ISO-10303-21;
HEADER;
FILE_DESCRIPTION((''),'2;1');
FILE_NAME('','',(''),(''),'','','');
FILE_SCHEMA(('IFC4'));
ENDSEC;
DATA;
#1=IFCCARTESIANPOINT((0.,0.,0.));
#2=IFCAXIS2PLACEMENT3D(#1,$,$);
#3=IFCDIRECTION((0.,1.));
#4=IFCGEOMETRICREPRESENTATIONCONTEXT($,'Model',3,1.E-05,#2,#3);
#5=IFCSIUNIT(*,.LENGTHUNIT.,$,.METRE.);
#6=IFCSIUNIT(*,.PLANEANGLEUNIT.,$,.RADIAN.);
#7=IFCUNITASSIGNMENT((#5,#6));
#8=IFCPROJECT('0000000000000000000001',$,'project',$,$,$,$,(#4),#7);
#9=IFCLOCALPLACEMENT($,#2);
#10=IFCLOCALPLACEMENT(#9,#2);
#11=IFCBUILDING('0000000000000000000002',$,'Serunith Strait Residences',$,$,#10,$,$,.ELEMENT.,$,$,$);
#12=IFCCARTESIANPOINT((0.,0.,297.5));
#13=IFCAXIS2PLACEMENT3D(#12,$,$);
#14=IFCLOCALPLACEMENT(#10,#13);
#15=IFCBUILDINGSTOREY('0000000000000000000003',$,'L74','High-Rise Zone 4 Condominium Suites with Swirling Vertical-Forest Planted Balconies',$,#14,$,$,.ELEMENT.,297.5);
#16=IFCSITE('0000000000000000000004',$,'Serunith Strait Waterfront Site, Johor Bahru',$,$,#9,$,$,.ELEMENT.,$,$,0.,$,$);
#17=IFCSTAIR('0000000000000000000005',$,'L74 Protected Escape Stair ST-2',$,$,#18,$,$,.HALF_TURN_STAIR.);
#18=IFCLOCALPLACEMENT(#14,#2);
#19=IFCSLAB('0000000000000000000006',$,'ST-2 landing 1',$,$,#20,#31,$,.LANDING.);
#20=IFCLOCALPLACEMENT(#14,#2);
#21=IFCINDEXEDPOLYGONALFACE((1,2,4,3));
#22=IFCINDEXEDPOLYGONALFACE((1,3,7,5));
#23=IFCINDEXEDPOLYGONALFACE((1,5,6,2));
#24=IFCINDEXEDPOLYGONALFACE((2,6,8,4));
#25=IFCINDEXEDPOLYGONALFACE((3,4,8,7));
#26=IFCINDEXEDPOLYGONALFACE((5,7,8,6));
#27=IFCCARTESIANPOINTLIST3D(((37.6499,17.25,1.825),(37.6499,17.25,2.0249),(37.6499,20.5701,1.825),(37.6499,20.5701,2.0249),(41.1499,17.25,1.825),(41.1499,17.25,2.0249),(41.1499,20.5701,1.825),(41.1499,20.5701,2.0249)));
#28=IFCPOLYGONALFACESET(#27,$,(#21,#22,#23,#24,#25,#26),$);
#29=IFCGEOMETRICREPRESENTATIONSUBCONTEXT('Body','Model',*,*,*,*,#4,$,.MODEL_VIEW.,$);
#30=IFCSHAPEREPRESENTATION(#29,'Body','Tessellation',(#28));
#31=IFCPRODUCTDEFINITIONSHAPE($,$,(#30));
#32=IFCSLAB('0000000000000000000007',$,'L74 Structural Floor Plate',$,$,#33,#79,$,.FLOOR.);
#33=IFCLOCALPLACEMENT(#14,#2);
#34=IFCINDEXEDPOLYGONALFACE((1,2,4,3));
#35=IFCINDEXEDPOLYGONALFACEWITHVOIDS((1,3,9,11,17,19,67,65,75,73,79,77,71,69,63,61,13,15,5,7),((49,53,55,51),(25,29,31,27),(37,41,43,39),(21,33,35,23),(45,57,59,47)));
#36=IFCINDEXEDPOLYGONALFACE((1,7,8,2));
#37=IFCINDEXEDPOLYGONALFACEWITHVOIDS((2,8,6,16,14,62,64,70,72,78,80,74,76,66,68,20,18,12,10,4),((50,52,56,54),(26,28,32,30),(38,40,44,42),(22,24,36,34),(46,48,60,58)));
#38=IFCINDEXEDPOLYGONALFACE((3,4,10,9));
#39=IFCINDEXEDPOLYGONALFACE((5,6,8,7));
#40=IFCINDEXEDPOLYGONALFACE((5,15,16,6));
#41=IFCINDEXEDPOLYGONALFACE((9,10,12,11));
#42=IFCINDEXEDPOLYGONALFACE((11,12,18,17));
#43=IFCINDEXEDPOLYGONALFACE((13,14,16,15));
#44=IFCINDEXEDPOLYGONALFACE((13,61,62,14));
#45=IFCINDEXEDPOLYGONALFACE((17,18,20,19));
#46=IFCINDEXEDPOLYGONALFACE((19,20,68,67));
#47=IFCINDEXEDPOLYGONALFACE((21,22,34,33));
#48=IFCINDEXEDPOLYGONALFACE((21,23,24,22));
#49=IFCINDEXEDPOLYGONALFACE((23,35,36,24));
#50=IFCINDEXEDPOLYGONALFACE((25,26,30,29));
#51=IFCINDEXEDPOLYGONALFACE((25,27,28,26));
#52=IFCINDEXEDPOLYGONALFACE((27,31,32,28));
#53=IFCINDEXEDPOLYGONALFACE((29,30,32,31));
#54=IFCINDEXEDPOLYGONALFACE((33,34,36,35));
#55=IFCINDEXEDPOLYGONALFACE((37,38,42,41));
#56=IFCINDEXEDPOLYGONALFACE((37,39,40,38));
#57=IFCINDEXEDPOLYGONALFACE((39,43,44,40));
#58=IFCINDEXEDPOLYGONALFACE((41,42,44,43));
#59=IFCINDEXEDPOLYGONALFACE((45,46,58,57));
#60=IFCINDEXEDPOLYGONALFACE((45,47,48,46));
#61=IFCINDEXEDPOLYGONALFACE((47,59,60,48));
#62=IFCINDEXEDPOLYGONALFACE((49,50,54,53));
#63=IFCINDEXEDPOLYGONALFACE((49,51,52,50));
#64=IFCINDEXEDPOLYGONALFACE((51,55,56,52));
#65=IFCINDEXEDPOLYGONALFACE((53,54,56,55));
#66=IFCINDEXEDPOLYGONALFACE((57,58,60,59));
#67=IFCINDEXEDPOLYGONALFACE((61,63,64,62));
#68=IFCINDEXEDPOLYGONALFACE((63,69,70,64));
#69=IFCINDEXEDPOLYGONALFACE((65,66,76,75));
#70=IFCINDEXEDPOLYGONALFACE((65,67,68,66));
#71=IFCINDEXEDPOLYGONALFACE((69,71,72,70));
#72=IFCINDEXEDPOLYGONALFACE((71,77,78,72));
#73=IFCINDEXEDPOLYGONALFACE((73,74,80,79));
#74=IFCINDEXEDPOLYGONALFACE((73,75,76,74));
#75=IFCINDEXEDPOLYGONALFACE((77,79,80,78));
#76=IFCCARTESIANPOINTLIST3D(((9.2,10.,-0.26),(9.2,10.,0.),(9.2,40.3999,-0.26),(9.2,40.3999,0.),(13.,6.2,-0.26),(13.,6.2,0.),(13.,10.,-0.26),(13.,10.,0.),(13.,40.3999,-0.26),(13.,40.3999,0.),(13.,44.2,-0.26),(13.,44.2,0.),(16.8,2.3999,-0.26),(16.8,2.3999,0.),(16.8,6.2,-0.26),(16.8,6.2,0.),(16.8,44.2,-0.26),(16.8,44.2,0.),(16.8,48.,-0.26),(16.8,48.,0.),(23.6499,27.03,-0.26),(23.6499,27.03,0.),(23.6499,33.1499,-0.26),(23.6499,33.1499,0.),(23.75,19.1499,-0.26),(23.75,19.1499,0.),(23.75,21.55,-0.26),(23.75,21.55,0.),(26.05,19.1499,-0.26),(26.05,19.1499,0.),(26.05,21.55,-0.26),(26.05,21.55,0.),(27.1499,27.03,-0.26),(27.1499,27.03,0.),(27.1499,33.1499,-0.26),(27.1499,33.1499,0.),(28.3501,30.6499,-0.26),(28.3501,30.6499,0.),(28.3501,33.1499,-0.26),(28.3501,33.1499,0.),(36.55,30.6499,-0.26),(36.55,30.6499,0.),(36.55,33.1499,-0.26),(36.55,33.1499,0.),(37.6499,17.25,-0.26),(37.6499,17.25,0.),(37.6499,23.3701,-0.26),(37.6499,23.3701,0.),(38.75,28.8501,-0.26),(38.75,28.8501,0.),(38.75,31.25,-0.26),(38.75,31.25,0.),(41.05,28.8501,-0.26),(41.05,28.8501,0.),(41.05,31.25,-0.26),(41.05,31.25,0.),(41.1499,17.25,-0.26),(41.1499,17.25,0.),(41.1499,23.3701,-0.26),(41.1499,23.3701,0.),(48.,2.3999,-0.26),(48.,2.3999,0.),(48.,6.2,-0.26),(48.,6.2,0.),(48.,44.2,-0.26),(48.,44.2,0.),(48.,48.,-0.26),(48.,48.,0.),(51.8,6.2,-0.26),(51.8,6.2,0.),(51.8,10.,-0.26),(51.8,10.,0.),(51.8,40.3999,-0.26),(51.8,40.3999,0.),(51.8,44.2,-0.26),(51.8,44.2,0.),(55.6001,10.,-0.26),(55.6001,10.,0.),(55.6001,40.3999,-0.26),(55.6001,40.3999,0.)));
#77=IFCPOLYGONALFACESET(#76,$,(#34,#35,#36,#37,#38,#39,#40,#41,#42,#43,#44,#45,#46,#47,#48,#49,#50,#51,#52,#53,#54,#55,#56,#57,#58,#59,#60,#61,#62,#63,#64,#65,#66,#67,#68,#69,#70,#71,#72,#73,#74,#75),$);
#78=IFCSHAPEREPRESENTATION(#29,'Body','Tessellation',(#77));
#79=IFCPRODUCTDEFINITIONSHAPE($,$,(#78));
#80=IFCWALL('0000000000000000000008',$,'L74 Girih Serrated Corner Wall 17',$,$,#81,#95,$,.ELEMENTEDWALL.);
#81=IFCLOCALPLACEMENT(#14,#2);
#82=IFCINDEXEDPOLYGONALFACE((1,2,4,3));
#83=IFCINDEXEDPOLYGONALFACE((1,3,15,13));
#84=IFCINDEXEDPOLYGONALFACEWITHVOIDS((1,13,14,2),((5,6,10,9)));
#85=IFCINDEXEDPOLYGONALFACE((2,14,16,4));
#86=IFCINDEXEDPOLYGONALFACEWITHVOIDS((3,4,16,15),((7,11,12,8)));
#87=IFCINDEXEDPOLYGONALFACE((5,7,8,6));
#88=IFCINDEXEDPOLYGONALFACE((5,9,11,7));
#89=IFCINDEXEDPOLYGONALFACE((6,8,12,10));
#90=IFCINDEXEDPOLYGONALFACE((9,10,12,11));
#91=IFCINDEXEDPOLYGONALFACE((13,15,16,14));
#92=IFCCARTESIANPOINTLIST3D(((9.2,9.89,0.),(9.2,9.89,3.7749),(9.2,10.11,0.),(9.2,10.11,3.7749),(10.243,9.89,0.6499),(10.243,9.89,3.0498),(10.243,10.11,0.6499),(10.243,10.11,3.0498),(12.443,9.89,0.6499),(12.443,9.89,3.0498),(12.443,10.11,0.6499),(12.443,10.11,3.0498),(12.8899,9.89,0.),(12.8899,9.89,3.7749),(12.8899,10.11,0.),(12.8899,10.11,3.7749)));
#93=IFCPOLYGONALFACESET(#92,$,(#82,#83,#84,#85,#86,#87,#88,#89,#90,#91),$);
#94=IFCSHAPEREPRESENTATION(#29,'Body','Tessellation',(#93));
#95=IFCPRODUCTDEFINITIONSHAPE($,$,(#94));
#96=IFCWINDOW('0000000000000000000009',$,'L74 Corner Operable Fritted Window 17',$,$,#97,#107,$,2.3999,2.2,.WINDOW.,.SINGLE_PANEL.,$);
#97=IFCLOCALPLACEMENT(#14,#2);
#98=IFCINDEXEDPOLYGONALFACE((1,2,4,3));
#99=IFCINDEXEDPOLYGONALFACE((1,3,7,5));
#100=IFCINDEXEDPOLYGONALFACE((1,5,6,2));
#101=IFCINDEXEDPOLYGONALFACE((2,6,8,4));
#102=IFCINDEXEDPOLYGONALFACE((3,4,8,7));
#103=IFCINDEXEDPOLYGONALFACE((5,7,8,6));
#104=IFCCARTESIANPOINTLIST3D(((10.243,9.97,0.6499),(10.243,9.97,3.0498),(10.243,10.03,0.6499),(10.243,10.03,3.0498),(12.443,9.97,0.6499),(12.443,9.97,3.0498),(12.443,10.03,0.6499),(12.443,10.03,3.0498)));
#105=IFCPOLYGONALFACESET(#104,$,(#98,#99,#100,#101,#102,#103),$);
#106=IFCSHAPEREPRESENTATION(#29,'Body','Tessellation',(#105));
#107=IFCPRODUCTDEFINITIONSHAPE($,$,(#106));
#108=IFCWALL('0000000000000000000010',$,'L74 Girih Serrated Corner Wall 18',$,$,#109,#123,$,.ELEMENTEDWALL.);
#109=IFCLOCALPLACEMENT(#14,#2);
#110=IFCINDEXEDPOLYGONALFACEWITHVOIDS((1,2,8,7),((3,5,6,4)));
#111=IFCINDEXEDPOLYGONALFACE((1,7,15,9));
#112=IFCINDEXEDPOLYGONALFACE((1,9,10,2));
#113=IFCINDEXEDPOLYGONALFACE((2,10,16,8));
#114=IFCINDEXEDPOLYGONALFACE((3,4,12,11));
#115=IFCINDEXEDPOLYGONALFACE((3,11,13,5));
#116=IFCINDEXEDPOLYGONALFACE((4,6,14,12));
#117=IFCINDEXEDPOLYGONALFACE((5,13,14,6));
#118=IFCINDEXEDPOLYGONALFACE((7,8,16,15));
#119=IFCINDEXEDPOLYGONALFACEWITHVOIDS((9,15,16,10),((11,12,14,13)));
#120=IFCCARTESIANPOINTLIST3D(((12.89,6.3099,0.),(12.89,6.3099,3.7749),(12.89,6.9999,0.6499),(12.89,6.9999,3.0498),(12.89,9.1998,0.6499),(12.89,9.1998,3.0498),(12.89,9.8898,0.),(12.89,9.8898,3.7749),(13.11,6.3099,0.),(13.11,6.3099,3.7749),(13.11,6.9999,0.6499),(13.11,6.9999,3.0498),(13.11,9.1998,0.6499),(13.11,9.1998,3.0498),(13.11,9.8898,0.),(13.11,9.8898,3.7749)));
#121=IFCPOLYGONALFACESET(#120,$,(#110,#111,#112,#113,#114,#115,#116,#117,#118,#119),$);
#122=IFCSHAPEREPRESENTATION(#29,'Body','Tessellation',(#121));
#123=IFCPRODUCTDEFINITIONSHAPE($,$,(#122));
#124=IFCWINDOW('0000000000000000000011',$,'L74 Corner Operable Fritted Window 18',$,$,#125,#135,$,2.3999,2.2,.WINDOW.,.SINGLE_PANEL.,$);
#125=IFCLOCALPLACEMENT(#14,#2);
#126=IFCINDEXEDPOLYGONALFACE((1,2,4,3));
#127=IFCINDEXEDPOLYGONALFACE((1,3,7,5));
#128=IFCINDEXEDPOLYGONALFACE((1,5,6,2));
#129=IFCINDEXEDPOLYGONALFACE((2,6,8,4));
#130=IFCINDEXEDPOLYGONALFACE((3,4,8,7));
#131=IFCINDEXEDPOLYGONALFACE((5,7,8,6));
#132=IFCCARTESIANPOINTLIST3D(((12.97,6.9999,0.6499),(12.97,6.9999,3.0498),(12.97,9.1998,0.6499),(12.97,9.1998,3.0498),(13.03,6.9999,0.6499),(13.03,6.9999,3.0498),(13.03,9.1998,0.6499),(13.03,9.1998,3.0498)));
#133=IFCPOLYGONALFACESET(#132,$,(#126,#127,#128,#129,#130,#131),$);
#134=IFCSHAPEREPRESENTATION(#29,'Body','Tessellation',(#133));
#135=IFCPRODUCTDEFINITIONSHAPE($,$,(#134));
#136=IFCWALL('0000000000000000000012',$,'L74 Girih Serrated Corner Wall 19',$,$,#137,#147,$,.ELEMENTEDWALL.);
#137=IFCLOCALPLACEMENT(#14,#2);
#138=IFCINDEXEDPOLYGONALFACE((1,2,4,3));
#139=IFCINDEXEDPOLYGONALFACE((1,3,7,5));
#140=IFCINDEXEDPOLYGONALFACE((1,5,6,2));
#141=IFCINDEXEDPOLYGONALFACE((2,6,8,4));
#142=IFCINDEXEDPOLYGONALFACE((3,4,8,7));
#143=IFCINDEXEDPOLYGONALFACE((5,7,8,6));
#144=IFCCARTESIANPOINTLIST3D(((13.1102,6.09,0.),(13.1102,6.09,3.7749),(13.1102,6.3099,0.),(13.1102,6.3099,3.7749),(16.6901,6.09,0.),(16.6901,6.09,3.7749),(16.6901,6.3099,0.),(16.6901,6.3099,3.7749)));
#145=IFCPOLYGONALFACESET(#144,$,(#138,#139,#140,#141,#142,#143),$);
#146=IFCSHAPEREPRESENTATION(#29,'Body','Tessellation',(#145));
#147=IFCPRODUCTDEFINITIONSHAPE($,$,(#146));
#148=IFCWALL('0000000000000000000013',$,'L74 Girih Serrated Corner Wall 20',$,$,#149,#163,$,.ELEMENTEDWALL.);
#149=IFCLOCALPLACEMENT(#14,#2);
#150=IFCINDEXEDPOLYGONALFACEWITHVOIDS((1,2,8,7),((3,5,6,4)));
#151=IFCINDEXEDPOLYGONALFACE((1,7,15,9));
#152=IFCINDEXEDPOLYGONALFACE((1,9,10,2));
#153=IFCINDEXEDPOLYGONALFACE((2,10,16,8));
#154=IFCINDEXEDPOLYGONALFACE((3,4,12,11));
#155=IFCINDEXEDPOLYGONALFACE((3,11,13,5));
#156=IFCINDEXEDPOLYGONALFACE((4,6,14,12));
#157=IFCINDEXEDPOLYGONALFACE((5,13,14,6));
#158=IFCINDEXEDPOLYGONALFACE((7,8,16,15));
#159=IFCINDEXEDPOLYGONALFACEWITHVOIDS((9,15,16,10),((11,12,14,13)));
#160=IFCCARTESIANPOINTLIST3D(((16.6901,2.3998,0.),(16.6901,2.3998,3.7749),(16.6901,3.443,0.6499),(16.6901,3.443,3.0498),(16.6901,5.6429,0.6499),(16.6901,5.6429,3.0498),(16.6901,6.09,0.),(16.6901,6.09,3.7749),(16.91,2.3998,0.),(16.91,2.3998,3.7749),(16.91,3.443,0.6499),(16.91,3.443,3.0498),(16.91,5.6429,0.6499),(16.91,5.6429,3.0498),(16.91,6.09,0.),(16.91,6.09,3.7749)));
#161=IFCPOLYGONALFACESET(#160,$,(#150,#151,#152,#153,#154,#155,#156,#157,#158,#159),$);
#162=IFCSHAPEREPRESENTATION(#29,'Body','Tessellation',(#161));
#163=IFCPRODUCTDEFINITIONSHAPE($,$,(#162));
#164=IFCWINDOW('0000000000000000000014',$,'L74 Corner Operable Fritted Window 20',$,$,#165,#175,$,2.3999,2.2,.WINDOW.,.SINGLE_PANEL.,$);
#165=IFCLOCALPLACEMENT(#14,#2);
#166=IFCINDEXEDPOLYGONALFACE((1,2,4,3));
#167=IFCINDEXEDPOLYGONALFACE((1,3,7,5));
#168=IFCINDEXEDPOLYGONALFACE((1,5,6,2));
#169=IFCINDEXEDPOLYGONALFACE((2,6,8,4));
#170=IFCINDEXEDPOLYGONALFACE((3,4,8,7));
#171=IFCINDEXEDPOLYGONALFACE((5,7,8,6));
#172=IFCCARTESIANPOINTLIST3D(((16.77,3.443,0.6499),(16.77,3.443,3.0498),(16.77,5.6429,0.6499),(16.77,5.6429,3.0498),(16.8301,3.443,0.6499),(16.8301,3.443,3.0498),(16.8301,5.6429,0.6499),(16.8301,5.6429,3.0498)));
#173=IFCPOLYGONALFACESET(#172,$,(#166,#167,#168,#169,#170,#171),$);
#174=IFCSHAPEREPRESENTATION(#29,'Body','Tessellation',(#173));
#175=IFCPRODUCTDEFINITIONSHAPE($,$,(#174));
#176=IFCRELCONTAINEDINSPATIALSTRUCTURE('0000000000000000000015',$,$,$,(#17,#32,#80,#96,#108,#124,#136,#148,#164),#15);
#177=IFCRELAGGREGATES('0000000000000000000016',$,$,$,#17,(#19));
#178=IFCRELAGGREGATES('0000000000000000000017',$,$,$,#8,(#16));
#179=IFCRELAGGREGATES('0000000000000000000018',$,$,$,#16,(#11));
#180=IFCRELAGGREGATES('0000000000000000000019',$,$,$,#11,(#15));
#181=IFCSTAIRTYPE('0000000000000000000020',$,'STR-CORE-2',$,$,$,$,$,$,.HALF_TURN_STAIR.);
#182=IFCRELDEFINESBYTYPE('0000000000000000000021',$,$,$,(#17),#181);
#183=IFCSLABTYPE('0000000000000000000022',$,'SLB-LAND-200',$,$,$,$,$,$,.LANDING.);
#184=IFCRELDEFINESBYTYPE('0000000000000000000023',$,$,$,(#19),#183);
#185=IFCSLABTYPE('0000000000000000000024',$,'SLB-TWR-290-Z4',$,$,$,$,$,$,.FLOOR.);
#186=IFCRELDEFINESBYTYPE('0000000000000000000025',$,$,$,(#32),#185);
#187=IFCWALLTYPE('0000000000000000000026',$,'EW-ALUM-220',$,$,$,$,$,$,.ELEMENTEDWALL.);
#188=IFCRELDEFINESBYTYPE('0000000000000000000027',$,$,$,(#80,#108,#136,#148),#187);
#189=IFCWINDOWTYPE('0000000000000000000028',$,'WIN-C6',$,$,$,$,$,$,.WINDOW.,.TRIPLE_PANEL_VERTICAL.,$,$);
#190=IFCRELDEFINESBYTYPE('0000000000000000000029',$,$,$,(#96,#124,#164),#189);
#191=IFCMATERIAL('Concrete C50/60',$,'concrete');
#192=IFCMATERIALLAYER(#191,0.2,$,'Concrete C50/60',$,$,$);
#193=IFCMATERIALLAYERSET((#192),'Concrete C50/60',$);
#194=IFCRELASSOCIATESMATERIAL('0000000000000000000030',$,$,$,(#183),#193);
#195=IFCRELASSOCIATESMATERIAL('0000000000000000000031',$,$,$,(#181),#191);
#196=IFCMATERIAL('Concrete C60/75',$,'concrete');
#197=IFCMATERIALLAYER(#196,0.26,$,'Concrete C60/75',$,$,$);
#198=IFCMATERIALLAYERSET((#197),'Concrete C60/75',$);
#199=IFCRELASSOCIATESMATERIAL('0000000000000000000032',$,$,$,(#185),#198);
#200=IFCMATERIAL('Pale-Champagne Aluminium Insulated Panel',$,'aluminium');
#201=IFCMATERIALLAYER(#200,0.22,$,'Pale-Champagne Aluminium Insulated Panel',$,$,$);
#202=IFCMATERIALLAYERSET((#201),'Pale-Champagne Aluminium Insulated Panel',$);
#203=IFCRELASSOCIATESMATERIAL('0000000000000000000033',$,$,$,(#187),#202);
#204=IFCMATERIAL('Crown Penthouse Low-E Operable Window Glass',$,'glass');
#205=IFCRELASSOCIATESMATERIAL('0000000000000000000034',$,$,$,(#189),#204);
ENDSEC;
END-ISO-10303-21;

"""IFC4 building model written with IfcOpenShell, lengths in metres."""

from ifc_helpers import new_model, si_unit, direction, frame, frame_2d, origin, place, context, subcontext, project, spatial, polyline, rectangle, outline, extrude, source, transform, mapped, material, layer, layer_set, type_object, element, fill, aggregate, save


model = new_model("IFC4")

# Units and contexts
model_context = context("Model", 3, precision=1e-05, world=origin(), true_north=direction((0.0, 1.0)))
body_context = subcontext(model_context, "Body", "Model", "MODEL_VIEW")
ifc_project = project(units=[si_unit("LENGTHUNIT", "METRE"), si_unit("PLANEANGLEUNIT", "RADIAN")], contexts=[model_context])

# Site, building, storey
site_placement = place(None, origin())
site = spatial("IfcSite", under=ifc_project, at=site_placement, Name="Serunith Strait Waterfront Site, Johor Bahru", CompositionType="ELEMENT", RefElevation=0.0)
building_placement = place(site_placement, origin())
building = spatial("IfcBuilding", under=site, at=building_placement, Name="Serunith Strait Residences", CompositionType="ELEMENT")
storey_placement = place(building_placement, frame((0.0, 0.0, 297.5)))
storey = spatial("IfcBuildingStorey", under=building, at=storey_placement, Name="L74", Description="High-Rise Zone 4 Condominium Suites with Swirling Vertical-Forest Planted Balconies", CompositionType="ELEMENT", Elevation=297.5)

# Shared definitions
ifc_material_1 = material(Name="Concrete C50/60", Category="concrete")

# Stair, slab
ifc_layer_1 = layer(ifc_material_1, 0.2, Name="Concrete C50/60")
ifc_layer_set_1 = layer_set([ifc_layer_1], Name="Concrete C50/60")
slab_type_1 = type_object("IfcSlabType", Name="SLB-LAND-200", PredefinedType="LANDING", material=ifc_layer_set_1)
stair_type_1 = type_object("IfcStairType", Name="STR-CORE-2", PredefinedType="HALF_TURN_STAIR", material=ifc_material_1)
stair_1_placement = place(storey_placement, origin())
stair_1 = element("IfcStair", 1, at=stair_1_placement, inside=storey, type_object=stair_type_1, Name="L74 Protected Escape Stair ST-2", PredefinedType="HALF_TURN_STAIR")
slab_1_placement = place(storey_placement, frame((0.0, 0.0, 1.825)))
slab_1 = element("IfcSlab", 2, at=slab_1_placement, type_object=slab_type_1, Name="ST-2 landing 1", PredefinedType="LANDING", context=body_context, shape_type="SweptSolid", body=[
    extrude(outline(polyline([(37.6499, 20.5701), (37.6499, 17.25), (41.1499, 17.25), (41.1499, 20.5701), (37.6499, 20.5701)])), origin(), (0.0, 0.0, 1.0), 0.2),
])
aggregate(stair_1, [slab_1])

# Slab
ifc_material_2 = material(Name="Concrete C60/75", Category="concrete")
ifc_layer_2 = layer(ifc_material_2, 0.26, Name="Concrete C60/75")
ifc_layer_set_2 = layer_set([ifc_layer_2], Name="Concrete C60/75")
slab_type_2 = type_object("IfcSlabType", Name="SLB-TWR-290-Z4", PredefinedType="FLOOR", material=ifc_layer_set_2)
slab_2_placement = place(storey_placement, frame((0.0, 0.0, -0.26)))
element("IfcSlab", 3, at=slab_2_placement, inside=storey, type_object=slab_type_2, Name="L74 Structural Floor Plate", PredefinedType="FLOOR", context=body_context, shape_type="SweptSolid", body=[
    extrude(outline(polyline([(16.8, 6.2), (13.0, 6.2), (13.0, 10.0), (9.2, 10.0), (9.2, 40.3999), (13.0, 40.3999), (13.0, 44.2), (16.8, 44.2), (16.8, 48.0), (48.0, 48.0), (48.0, 44.2), (51.8, 44.2), (51.8, 40.3999), (55.6001, 40.3999), (55.6001, 10.0), (51.8, 10.0), (51.8, 6.2), (48.0, 6.2), (48.0, 2.3999), (16.8, 2.3999), (16.8, 6.2)]), holes=[polyline([(41.1499, 23.3701), (37.6499, 23.3701), (37.6499, 17.25), (41.1499, 17.25), (41.1499, 23.3701)]), polyline([(38.75, 31.25), (38.75, 28.8501), (41.05, 28.8501), (41.05, 31.25), (38.75, 31.25)]), polyline([(36.55, 33.1499), (28.3501, 33.1499), (28.3501, 30.6499), (36.55, 30.6499), (36.55, 33.1499)]), polyline([(23.6499, 33.1499), (23.6499, 27.03), (27.1499, 27.03), (27.1499, 33.1499), (23.6499, 33.1499)]), polyline([(23.75, 21.55), (23.75, 19.1499), (26.05, 19.1499), (26.05, 21.55), (23.75, 21.55)])]), origin(), (0.0, 0.0, 1.0), 0.26),
])

# Walls, openings, windows
ifc_material_3 = material(Name="Pale-Champagne Aluminium Insulated Panel", Category="aluminium")
ifc_layer_3 = layer(ifc_material_3, 0.22, Name="Pale-Champagne Aluminium Insulated Panel")
ifc_layer_set_3 = layer_set([ifc_layer_3], Name="Pale-Champagne Aluminium Insulated Panel")
wall_type_1 = type_object("IfcWallType", Name="EW-ALUM-220", PredefinedType="ELEMENTEDWALL", material=ifc_layer_set_3)
wall_1_placement = place(storey_placement, frame((9.2, 10.0, 0.0), z_axis=(0.0, 0.0, 1.0), x_axis=(1.0, 0.0, 0.0)))
wall_1 = element("IfcWall", 4, at=wall_1_placement, inside=storey, type_object=wall_type_1, Name="L74 Girih Serrated Corner Wall 17", PredefinedType="ELEMENTEDWALL", context=body_context, shape_type="SweptSolid", body=[
    extrude(rectangle(XDim=3.6899, YDim=0.22, at=frame_2d((1.845, 0.0))), origin(), (0.0, 0.0, 1.0), 3.7749),
])
opening_1_placement = place(wall_1_placement, frame((1.043, 0.0, 0.6499)))
opening_1 = element("IfcOpeningElement", 5, at=opening_1_placement, cuts=wall_1, PredefinedType="OPENING", context=body_context, shape_type="SweptSolid", body=[
    extrude(rectangle(XDim=2.2, YDim=2.3999, at=frame_2d((1.1001, 1.2))), frame((0.0, 0.1201, 0.0), z_axis=(0.0, -1.0, 0.0), x_axis=(1.0, 0.0, 0.0)), (0.0, 0.0, 1.0), 0.24),
])
ifc_material_4 = material(Name="Crown Penthouse Low-E Operable Window Glass", Category="glass")
window_type = type_object("IfcWindowType", Name="WIN-C6", PartitioningType="TRIPLE_PANEL_VERTICAL", PredefinedType="WINDOW", material=ifc_material_4)
shared_shape_1 = source(origin(), body_context, "Body", "SweptSolid", [
    extrude(rectangle(XDim=2.2, YDim=2.3999, at=frame_2d((1.1001, 1.2))), frame((0.0, 0.03, 0.0), z_axis=(0.0, -1.0, 0.0), x_axis=(1.0, 0.0, 0.0)), (0.0, 0.0, 1.0), 0.0601),
])
window_1_placement = place(opening_1_placement, origin())
window_1 = element("IfcWindow", 6, at=window_1_placement, inside=storey, type_object=window_type, Name="L74 Corner Operable Fritted Window 17", OverallHeight=2.3999, OverallWidth=2.2, PartitioningType="SINGLE_PANEL", PredefinedType="WINDOW", context=body_context, shape_type="MappedRepresentation", body=[
    mapped(shared_shape_1, transform((0.0, 0.0, 0.0), scale=1.0)),
])
fill(opening_1, window_1)
wall_2_placement = place(storey_placement, frame((13.0, 9.8899, 0.0), z_axis=(0.0, 0.0, 1.0), x_axis=(0.0, -1.0, 0.0)))
wall_2 = element("IfcWall", 7, at=wall_2_placement, inside=storey, type_object=wall_type_1, Name="L74 Girih Serrated Corner Wall 18", PredefinedType="ELEMENTEDWALL", context=body_context, shape_type="SweptSolid", body=[
    extrude(rectangle(XDim=3.5798, YDim=0.22, at=frame_2d((1.79, 0.0))), origin(), (0.0, 0.0, 1.0), 3.7749),
])
opening_2_placement = place(wall_2_placement, frame((0.6899, 0.0, 0.6499)))
opening_2 = element("IfcOpeningElement", 8, at=opening_2_placement, cuts=wall_2, PredefinedType="OPENING", context=body_context, shape_type="SweptSolid", body=[
    extrude(rectangle(XDim=2.2, YDim=2.3999, at=frame_2d((1.1001, 1.2))), frame((0.0, 0.1201, 0.0), z_axis=(0.0, -1.0, 0.0), x_axis=(1.0, 0.0, 0.0)), (0.0, 0.0, 1.0), 0.24),
])
window_2_placement = place(opening_2_placement, origin())
window_2 = element("IfcWindow", 9, at=window_2_placement, inside=storey, type_object=window_type, Name="L74 Corner Operable Fritted Window 18", OverallHeight=2.3999, OverallWidth=2.2, PartitioningType="SINGLE_PANEL", PredefinedType="WINDOW", context=body_context, shape_type="MappedRepresentation", body=[
    mapped(shared_shape_1, transform((0.0, 0.0, 0.0), scale=1.0)),
])
fill(opening_2, window_2)

# Wall
wall_3_placement = place(storey_placement, frame((13.1101, 6.2, 0.0), z_axis=(0.0, 0.0, 1.0), x_axis=(1.0, 0.0, 0.0)))
element("IfcWall", 10, at=wall_3_placement, inside=storey, type_object=wall_type_1, Name="L74 Girih Serrated Corner Wall 19", PredefinedType="ELEMENTEDWALL", context=body_context, shape_type="SweptSolid", body=[
    extrude(rectangle(XDim=3.5798, YDim=0.22, at=frame_2d((1.79, 0.0))), origin(), (0.0, 0.0, 1.0), 3.7749),
])

# Wall, opening, window
wall_4_placement = place(storey_placement, frame((16.8, 6.0901, 0.0), z_axis=(0.0, 0.0, 1.0), x_axis=(0.0, -1.0, 0.0)))
wall_4 = element("IfcWall", 11, at=wall_4_placement, inside=storey, type_object=wall_type_1, Name="L74 Girih Serrated Corner Wall 20", PredefinedType="ELEMENTEDWALL", context=body_context, shape_type="SweptSolid", body=[
    extrude(rectangle(XDim=3.6902, YDim=0.22, at=frame_2d((1.8452, 0.0))), origin(), (0.0, 0.0, 1.0), 3.7749),
])
opening_3_placement = place(wall_4_placement, frame((0.447, 0.0, 0.6499)))
opening_3 = element("IfcOpeningElement", 12, at=opening_3_placement, cuts=wall_4, PredefinedType="OPENING", context=body_context, shape_type="SweptSolid", body=[
    extrude(rectangle(XDim=2.2, YDim=2.3999, at=frame_2d((1.1001, 1.2))), frame((0.0, 0.1201, 0.0), z_axis=(0.0, -1.0, 0.0), x_axis=(1.0, 0.0, 0.0)), (0.0, 0.0, 1.0), 0.24),
])
window_3_placement = place(opening_3_placement, origin())
window_3 = element("IfcWindow", 13, at=window_3_placement, inside=storey, type_object=window_type, Name="L74 Corner Operable Fritted Window 20", OverallHeight=2.3999, OverallWidth=2.2, PartitioningType="SINGLE_PANEL", PredefinedType="WINDOW", context=body_context, shape_type="MappedRepresentation", body=[
    mapped(shared_shape_1, transform((0.0, 0.0, 0.0), scale=1.0)),
])
fill(opening_3, window_3)

save(model, "model.ifc")
